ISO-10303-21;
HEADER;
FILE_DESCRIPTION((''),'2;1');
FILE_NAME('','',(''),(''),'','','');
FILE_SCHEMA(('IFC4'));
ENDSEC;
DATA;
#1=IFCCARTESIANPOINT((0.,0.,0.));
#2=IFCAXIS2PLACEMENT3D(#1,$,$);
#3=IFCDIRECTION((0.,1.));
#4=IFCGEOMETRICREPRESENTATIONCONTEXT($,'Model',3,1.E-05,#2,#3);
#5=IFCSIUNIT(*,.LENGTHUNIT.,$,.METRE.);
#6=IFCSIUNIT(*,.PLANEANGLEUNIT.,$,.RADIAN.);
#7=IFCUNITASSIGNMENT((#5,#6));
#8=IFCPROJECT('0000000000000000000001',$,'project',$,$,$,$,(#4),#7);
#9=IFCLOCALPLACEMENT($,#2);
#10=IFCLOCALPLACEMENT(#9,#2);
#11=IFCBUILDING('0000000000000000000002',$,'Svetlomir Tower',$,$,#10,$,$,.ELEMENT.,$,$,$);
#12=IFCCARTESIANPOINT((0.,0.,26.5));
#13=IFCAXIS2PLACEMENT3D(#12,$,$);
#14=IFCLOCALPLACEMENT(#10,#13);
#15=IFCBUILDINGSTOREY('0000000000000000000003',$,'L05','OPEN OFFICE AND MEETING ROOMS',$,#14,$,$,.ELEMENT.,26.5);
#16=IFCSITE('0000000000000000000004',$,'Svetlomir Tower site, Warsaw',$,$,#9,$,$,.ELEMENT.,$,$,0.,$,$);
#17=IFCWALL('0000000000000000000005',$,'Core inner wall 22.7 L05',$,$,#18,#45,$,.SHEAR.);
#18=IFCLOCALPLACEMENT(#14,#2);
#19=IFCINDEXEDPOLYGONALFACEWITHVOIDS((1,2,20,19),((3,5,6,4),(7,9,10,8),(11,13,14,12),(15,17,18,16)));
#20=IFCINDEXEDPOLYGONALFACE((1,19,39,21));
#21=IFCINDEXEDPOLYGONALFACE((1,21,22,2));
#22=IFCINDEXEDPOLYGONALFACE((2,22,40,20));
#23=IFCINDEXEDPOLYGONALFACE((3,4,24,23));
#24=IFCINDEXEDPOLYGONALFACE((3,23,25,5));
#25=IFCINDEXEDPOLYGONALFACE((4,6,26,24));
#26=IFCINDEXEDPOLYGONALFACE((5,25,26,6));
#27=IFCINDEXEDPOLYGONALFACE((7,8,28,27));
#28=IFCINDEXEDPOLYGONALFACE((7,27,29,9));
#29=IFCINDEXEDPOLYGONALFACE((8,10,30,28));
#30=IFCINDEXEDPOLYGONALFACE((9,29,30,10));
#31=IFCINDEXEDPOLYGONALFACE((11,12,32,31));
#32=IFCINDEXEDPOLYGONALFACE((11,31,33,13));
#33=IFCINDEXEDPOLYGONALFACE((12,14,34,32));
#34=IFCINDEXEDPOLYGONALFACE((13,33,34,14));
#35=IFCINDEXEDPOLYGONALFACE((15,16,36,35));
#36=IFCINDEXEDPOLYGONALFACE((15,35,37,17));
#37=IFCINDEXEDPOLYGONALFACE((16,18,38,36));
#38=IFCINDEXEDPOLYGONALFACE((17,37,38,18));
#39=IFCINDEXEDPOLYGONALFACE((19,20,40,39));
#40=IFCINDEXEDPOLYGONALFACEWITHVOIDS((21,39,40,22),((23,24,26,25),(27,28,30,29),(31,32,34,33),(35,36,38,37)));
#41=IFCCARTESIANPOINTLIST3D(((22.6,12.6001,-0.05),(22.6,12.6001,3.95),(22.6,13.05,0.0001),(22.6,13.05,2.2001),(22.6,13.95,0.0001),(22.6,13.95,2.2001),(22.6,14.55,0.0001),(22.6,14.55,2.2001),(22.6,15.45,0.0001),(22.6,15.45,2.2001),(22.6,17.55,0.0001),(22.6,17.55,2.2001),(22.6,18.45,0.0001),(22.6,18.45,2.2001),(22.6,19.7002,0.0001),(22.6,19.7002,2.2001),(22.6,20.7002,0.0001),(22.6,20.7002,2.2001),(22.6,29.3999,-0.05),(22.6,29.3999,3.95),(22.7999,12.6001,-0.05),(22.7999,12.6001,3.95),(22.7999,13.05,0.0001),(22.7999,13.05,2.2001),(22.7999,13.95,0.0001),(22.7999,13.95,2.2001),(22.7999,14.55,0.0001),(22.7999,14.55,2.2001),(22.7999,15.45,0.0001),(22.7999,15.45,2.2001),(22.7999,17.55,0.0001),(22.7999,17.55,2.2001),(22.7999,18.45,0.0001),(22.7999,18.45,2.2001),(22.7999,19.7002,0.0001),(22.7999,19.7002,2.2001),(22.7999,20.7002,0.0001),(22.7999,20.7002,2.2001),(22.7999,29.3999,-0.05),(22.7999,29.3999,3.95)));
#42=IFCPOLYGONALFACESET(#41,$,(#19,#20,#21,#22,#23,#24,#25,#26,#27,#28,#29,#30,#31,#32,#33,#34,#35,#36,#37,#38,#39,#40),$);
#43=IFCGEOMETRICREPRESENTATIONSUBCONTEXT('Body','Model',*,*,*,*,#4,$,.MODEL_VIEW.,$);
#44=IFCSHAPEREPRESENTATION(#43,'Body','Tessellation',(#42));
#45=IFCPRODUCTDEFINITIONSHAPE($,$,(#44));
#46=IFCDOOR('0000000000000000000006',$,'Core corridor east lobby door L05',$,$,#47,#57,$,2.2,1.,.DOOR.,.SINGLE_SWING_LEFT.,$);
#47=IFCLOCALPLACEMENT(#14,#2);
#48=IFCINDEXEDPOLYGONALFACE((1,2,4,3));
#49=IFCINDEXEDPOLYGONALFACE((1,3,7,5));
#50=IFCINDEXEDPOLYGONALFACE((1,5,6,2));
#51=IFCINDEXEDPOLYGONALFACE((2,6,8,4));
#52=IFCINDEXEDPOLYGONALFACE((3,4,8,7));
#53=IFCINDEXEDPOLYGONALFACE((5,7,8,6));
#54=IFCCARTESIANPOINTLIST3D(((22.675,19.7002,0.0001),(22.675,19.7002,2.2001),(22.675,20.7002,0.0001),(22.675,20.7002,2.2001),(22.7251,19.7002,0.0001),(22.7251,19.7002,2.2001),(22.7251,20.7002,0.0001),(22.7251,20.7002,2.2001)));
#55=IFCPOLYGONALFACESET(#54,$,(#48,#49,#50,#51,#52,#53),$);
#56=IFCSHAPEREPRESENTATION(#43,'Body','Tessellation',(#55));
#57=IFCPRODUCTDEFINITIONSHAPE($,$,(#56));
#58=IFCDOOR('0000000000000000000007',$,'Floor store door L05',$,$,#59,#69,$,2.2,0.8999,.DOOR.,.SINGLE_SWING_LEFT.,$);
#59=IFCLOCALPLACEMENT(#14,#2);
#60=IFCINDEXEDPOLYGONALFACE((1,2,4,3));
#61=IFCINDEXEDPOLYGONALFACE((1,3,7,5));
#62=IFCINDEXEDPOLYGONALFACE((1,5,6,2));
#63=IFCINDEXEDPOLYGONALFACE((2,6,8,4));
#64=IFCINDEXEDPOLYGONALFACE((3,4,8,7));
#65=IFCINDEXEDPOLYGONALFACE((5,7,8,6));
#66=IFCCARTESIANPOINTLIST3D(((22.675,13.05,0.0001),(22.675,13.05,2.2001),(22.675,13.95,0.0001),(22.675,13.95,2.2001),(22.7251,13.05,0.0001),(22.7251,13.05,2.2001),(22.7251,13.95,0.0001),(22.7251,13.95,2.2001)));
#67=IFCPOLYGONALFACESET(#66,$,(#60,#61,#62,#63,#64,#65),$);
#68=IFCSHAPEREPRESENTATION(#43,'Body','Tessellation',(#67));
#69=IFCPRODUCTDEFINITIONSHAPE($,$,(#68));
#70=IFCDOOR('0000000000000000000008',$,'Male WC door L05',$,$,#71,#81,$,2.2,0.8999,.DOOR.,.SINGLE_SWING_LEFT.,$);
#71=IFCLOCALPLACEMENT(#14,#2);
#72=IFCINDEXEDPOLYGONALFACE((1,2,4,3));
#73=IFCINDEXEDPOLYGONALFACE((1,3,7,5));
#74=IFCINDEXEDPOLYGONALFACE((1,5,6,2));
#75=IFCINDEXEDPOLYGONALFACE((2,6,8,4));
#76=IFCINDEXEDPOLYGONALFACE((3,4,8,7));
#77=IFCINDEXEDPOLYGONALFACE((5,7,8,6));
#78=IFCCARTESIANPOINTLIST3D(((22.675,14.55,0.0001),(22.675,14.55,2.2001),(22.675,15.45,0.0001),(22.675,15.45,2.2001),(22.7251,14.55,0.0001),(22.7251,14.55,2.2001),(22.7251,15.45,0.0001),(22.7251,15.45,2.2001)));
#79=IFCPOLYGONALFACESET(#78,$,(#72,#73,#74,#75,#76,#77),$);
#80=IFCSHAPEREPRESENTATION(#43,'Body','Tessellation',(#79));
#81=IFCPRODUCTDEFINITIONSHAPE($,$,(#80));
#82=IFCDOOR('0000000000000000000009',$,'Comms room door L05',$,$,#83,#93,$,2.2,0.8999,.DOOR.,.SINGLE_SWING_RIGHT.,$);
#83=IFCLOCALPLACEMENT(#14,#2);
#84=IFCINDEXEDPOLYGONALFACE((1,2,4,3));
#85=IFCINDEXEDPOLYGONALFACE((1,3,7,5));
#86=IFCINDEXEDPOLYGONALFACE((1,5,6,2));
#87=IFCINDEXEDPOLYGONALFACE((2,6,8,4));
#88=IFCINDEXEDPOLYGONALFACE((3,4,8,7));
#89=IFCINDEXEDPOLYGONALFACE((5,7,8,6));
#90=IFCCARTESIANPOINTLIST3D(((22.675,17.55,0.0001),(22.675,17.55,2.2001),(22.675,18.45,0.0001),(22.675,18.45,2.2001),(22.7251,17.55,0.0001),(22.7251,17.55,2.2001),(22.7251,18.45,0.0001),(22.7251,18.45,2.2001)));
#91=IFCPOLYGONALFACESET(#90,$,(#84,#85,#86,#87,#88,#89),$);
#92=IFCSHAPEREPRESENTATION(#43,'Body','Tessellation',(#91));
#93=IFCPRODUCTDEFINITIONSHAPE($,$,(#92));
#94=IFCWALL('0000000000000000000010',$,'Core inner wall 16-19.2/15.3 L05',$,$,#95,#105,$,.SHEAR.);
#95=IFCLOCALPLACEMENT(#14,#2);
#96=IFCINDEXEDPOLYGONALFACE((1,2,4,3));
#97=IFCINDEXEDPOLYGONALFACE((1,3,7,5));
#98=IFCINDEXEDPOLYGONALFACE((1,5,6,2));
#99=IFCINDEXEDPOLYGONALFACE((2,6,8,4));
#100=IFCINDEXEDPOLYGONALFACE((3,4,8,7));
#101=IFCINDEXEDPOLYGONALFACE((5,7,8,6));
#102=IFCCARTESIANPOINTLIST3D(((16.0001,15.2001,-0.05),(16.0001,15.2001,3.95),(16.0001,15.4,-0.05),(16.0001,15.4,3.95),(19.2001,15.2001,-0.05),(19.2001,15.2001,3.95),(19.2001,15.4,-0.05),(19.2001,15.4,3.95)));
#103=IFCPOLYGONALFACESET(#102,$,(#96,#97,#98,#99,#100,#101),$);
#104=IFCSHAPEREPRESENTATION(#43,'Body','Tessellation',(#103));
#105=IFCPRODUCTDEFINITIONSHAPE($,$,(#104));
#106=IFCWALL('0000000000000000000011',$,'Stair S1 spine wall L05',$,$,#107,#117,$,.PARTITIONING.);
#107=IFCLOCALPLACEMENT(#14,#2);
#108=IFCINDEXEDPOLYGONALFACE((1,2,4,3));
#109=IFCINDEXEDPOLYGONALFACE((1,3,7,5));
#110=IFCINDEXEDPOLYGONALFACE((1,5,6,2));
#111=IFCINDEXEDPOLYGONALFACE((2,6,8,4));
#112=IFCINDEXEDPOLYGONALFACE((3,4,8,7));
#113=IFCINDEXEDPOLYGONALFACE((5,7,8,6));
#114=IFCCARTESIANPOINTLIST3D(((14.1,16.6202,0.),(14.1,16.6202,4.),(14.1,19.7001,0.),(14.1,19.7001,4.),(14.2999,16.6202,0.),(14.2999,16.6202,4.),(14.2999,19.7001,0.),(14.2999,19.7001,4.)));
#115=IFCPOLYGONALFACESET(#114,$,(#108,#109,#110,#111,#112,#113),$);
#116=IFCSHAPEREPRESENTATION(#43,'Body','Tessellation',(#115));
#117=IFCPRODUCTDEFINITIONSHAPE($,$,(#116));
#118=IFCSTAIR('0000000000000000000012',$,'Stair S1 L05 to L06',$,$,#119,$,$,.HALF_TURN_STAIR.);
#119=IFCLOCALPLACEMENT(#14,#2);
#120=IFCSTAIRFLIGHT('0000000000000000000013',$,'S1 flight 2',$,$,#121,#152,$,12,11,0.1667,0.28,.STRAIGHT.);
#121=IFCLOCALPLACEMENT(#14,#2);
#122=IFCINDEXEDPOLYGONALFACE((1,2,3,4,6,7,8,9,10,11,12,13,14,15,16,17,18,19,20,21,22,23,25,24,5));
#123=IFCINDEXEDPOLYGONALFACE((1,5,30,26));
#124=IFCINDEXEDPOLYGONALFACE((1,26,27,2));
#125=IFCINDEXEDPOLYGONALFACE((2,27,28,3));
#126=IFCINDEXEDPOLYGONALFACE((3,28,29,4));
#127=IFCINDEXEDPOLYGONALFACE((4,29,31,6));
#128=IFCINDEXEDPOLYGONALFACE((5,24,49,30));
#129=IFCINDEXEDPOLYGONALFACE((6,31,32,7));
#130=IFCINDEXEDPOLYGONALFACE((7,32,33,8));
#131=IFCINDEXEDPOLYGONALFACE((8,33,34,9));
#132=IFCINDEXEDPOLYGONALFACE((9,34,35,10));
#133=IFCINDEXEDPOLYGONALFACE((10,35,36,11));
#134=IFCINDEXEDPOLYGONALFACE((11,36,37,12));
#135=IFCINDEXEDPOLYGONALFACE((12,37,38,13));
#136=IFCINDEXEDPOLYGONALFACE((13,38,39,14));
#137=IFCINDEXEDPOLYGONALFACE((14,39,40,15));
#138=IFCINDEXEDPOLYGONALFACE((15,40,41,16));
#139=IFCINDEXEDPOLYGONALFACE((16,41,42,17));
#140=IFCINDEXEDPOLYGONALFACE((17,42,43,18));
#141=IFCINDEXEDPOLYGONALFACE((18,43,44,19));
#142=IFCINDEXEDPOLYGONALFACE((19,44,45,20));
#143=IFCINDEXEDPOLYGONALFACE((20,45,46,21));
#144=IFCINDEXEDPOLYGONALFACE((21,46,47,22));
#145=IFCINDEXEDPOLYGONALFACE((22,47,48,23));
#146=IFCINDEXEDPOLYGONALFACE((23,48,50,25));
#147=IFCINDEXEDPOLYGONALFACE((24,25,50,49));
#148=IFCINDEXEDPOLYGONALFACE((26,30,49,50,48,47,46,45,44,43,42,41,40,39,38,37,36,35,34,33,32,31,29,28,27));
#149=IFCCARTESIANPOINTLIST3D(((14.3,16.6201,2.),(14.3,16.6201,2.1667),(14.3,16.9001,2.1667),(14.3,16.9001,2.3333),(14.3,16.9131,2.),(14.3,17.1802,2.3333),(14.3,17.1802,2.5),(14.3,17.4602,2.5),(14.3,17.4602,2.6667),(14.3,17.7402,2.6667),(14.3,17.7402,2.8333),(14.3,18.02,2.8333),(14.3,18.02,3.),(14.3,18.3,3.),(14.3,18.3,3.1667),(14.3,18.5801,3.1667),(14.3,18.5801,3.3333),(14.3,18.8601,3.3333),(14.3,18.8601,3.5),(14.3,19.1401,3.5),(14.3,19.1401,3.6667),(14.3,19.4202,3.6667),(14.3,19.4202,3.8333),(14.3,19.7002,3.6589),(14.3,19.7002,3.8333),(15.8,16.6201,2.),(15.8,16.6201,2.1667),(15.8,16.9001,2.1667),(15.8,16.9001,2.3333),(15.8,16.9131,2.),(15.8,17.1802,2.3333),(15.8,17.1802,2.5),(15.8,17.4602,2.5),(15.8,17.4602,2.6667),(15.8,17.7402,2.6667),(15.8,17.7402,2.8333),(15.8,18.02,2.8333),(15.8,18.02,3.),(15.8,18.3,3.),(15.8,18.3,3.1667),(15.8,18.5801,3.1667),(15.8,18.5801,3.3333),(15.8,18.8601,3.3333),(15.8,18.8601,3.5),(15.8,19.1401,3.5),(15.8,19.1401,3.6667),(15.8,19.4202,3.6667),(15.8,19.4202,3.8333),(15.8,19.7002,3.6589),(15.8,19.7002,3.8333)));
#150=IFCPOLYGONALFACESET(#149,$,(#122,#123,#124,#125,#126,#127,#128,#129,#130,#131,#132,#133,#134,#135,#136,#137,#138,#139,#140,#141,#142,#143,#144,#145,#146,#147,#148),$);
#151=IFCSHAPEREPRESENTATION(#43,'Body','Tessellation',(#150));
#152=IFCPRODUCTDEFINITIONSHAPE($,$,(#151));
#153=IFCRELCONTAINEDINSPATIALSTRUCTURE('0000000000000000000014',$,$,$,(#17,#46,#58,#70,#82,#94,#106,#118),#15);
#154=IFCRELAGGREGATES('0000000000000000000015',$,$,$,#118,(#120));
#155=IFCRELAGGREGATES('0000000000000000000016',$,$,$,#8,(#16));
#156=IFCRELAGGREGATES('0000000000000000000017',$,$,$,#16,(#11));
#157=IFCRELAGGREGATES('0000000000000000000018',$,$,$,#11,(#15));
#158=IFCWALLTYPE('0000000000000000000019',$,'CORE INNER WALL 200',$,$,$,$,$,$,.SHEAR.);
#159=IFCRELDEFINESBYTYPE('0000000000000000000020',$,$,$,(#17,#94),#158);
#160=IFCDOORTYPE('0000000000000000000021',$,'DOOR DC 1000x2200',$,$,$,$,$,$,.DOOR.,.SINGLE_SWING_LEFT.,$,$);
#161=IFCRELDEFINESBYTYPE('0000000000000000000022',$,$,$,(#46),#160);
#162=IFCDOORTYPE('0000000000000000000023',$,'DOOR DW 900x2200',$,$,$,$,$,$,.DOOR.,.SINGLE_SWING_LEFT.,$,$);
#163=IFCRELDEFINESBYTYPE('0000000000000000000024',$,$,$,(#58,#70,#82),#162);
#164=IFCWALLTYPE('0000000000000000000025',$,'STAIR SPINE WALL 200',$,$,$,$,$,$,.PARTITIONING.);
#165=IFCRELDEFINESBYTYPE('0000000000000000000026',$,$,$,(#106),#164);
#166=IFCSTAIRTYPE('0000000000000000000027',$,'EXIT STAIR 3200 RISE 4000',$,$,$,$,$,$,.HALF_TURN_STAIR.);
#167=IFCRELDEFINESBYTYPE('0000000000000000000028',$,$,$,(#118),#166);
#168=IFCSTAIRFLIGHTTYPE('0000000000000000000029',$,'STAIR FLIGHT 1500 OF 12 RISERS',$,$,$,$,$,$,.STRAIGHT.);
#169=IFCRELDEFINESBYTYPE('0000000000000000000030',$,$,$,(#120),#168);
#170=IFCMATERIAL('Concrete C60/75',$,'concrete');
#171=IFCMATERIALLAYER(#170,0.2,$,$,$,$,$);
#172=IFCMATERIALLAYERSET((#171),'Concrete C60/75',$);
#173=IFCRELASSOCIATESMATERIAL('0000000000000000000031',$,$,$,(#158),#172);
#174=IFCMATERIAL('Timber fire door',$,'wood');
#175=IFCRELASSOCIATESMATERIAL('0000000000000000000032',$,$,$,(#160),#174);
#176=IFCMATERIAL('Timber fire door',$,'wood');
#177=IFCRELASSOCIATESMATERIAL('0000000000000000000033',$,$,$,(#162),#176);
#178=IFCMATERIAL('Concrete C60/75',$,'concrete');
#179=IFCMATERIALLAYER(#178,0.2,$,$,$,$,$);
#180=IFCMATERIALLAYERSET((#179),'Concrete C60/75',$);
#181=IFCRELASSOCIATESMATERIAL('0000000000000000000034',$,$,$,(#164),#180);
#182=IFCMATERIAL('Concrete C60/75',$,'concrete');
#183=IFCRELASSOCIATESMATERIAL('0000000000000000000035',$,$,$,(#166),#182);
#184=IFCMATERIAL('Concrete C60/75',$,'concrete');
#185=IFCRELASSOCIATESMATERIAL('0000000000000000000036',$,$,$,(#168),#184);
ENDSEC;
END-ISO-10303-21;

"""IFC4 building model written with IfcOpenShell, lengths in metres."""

from ifc_helpers import new_model, si_unit, direction, frame, frame_2d, origin, place, context, subcontext, project, spatial, polyline, rectangle, outline, extrude, material, layer, layer_set, type_object, element, fill, aggregate, save


model = new_model("IFC4")

# Units and contexts
model_context = context("Model", 3, precision=1e-05, world=origin(), true_north=direction((0.0, 1.0)))
body_context = subcontext(model_context, "Body", "Model", "MODEL_VIEW")
ifc_project = project(units=[si_unit("LENGTHUNIT", "METRE"), si_unit("PLANEANGLEUNIT", "RADIAN")], contexts=[model_context])

# Site, building, storey
site_placement = place(None, origin())
site = spatial("IfcSite", under=ifc_project, at=site_placement, Name="Svetlomir Tower site, Warsaw", CompositionType="ELEMENT", RefElevation=0.0)
building_placement = place(site_placement, origin())
building = spatial("IfcBuilding", under=site, at=building_placement, Name="Svetlomir Tower", CompositionType="ELEMENT")
storey_placement = place(building_placement, frame((0.0, 0.0, 26.5)))
storey = spatial("IfcBuildingStorey", under=building, at=storey_placement, Name="L05", Description="OPEN OFFICE AND MEETING ROOMS", CompositionType="ELEMENT", Elevation=26.5)

# Shared definitions
ifc_material_1 = material(Name="Concrete C60/75", Category="concrete")
ifc_layer_1 = layer(ifc_material_1, 0.2)
ifc_layer_set_1 = layer_set([ifc_layer_1], Name="Concrete C60/75")
wall_type_1 = type_object("IfcWallType", Name="CORE INNER WALL 200", PredefinedType="SHEAR", material=ifc_layer_set_1)

# Wall, openings, doors
ifc_material_2 = material(Name="Timber fire door", Category="wood")
door_type_1 = type_object("IfcDoorType", Name="DOOR DC 1000x2200", OperationType="SINGLE_SWING_LEFT", PredefinedType="DOOR", material=ifc_material_2)
ifc_material_3 = material(Name="Timber fire door", Category="wood")
door_type_2 = type_object("IfcDoorType", Name="DOOR DW 900x2200", OperationType="SINGLE_SWING_LEFT", PredefinedType="DOOR", material=ifc_material_3)
wall_1_placement = place(storey_placement, frame((22.7, 12.6001, -0.05), z_axis=(0.0, 0.0, 1.0), x_axis=(0.0, 1.0, 0.0)))
wall_1 = element("IfcWall", 1, at=wall_1_placement, inside=storey, type_object=wall_type_1, Name="Core inner wall 22.7 L05", PredefinedType="SHEAR", context=body_context, shape_type="SweptSolid", body=[
    extrude(rectangle(XDim=16.7998, YDim=0.2, at=frame_2d((8.3999, 0.0))), origin(), (0.0, 0.0, 1.0), 4.0),
])
opening_1_placement = place(wall_1_placement, frame((0.45, 0.0, 0.05)))
opening_1 = element("IfcOpeningElement", 2, at=opening_1_placement, cuts=wall_1, PredefinedType="OPENING", context=body_context, shape_type="SweptSolid", body=[
    extrude(rectangle(XDim=0.8999, YDim=2.2, at=frame_2d((0.45, 1.1001))), frame((0.0, 0.1099, 0.0), z_axis=(0.0, -1.0, 0.0), x_axis=(1.0, 0.0, 0.0)), (0.0, 0.0, 1.0), 0.22),
])
opening_2_placement = place(wall_1_placement, frame((7.1001, 0.0, 0.05)))
opening_2 = element("IfcOpeningElement", 3, at=opening_2_placement, cuts=wall_1, PredefinedType="OPENING", context=body_context, shape_type="SweptSolid", body=[
    extrude(rectangle(XDim=1.0, YDim=2.2, at=frame_2d((0.5, 1.1001))), frame((0.0, 0.1099, 0.0), z_axis=(0.0, -1.0, 0.0), x_axis=(1.0, 0.0, 0.0)), (0.0, 0.0, 1.0), 0.22),
])
opening_3_placement = place(wall_1_placement, frame((1.95, 0.0, 0.05)))
opening_3 = element("IfcOpeningElement", 4, at=opening_3_placement, cuts=wall_1, PredefinedType="OPENING", context=body_context, shape_type="SweptSolid", body=[
    extrude(rectangle(XDim=0.8999, YDim=2.2, at=frame_2d((0.45, 1.1001))), frame((0.0, 0.1099, 0.0), z_axis=(0.0, -1.0, 0.0), x_axis=(1.0, 0.0, 0.0)), (0.0, 0.0, 1.0), 0.22),
])
opening_4_placement = place(wall_1_placement, frame((4.95, 0.0, 0.05)))
opening_4 = element("IfcOpeningElement", 5, at=opening_4_placement, cuts=wall_1, PredefinedType="OPENING", context=body_context, shape_type="SweptSolid", body=[
    extrude(rectangle(XDim=0.8999, YDim=2.2, at=frame_2d((0.45, 1.1001))), frame((0.0, 0.1099, 0.0), z_axis=(0.0, -1.0, 0.0), x_axis=(1.0, 0.0, 0.0)), (0.0, 0.0, 1.0), 0.22),
])
door_1_placement = place(opening_2_placement, origin())
door_1 = element("IfcDoor", 6, at=door_1_placement, inside=storey, type_object=door_type_1, Name="Core corridor east lobby door L05", OperationType="SINGLE_SWING_LEFT", OverallHeight=2.2, OverallWidth=1.0, PredefinedType="DOOR", context=body_context, shape_type="SweptSolid", body=[
    extrude(rectangle(XDim=1.0, YDim=2.2, at=frame_2d((0.5, 1.1001))), frame((0.0, 0.0249, 0.0), z_axis=(0.0, -1.0, 0.0), x_axis=(1.0, 0.0, 0.0)), (0.0, 0.0, 1.0), 0.05),
])
fill(opening_2, door_1)
door_2_placement = place(opening_1_placement, origin())
door_2 = element("IfcDoor", 7, at=door_2_placement, inside=storey, type_object=door_type_2, Name="Floor store door L05", OperationType="SINGLE_SWING_LEFT", OverallHeight=2.2, OverallWidth=0.8999, PredefinedType="DOOR", context=body_context, shape_type="SweptSolid", body=[
    extrude(rectangle(XDim=0.8999, YDim=2.2, at=frame_2d((0.45, 1.1001))), frame((0.0, 0.0249, 0.0), z_axis=(0.0, -1.0, 0.0), x_axis=(1.0, 0.0, 0.0)), (0.0, 0.0, 1.0), 0.05),
])
fill(opening_1, door_2)
door_3_placement = place(opening_3_placement, origin())
door_3 = element("IfcDoor", 8, at=door_3_placement, inside=storey, type_object=door_type_2, Name="Male WC door L05", OperationType="SINGLE_SWING_LEFT", OverallHeight=2.2, OverallWidth=0.8999, PredefinedType="DOOR", context=body_context, shape_type="SweptSolid", body=[
    extrude(rectangle(XDim=0.8999, YDim=2.2, at=frame_2d((0.45, 1.1001))), frame((0.0, 0.0249, 0.0), z_axis=(0.0, -1.0, 0.0), x_axis=(1.0, 0.0, 0.0)), (0.0, 0.0, 1.0), 0.05),
])
fill(opening_3, door_3)
door_4_placement = place(opening_4_placement, origin())
door_4 = element("IfcDoor", 9, at=door_4_placement, inside=storey, type_object=door_type_2, Name="Comms room door L05", OperationType="SINGLE_SWING_RIGHT", OverallHeight=2.2, OverallWidth=0.8999, PredefinedType="DOOR", context=body_context, shape_type="SweptSolid", body=[
    extrude(rectangle(XDim=0.8999, YDim=2.2, at=frame_2d((0.45, 1.1001))), frame((0.0, 0.0249, 0.0), z_axis=(0.0, -1.0, 0.0), x_axis=(1.0, 0.0, 0.0)), (0.0, 0.0, 1.0), 0.05),
])
fill(opening_4, door_4)

# Walls
wall_2_placement = place(storey_placement, frame((16.0, 15.3, -0.05), z_axis=(0.0, 0.0, 1.0), x_axis=(1.0, 0.0, 0.0)))
element("IfcWall", 10, at=wall_2_placement, inside=storey, type_object=wall_type_1, Name="Core inner wall 16-19.2/15.3 L05", PredefinedType="SHEAR", context=body_context, shape_type="SweptSolid", body=[
    extrude(rectangle(XDim=3.2, YDim=0.2, at=frame_2d((1.6001, 0.0))), origin(), (0.0, 0.0, 1.0), 4.0),
])
ifc_material_4 = material(Name="Concrete C60/75", Category="concrete")
ifc_layer_2 = layer(ifc_material_4, 0.2)
ifc_layer_set_2 = layer_set([ifc_layer_2], Name="Concrete C60/75")
wall_type_2 = type_object("IfcWallType", Name="STAIR SPINE WALL 200", PredefinedType="PARTITIONING", material=ifc_layer_set_2)
wall_3_placement = place(storey_placement, frame((14.2, 16.6201, 0.0), z_axis=(0.0, 0.0, 1.0), x_axis=(0.0, 1.0, 0.0)))
element("IfcWall", 11, at=wall_3_placement, inside=storey, type_object=wall_type_2, Name="Stair S1 spine wall L05", PredefinedType="PARTITIONING", context=body_context, shape_type="SweptSolid", body=[
    extrude(rectangle(XDim=3.0798, YDim=0.2, at=frame_2d((1.54, 0.0))), origin(), (0.0, 0.0, 1.0), 4.0),
])

# Stair, stair flight
ifc_material_5 = material(Name="Concrete C60/75", Category="concrete")
stair_type = type_object("IfcStairType", Name="EXIT STAIR 3200 RISE 4000", PredefinedType="HALF_TURN_STAIR", material=ifc_material_5)
stair_placement = place(storey_placement, origin())
stair = element("IfcStair", 12, at=stair_placement, inside=storey, type_object=stair_type, Name="Stair S1 L05 to L06", PredefinedType="HALF_TURN_STAIR")
ifc_material_6 = material(Name="Concrete C60/75", Category="concrete")
stair_flight_type = type_object("IfcStairFlightType", Name="STAIR FLIGHT 1500 OF 12 RISERS", PredefinedType="STRAIGHT", material=ifc_material_6)
stair_flight_placement = place(storey_placement, frame((15.05, 16.6201, 2.0), z_axis=(0.0, 0.0, 1.0), x_axis=(0.0, 1.0, 0.0)))
stair_flight = element("IfcStairFlight", 13, at=stair_flight_placement, type_object=stair_flight_type, Name="S1 flight 2", NumberOfRisers=12, NumberOfTreads=11, PredefinedType="STRAIGHT", RiserHeight=0.1667, TreadLength=0.28, context=body_context, shape_type="SweptSolid", body=[
    extrude(outline(polyline([(0.0, 0.0), (0.0, 0.1667), (0.28, 0.1667), (0.28, 0.3333), (0.5601, 0.3333), (0.5601, 0.5), (0.8401, 0.5), (0.8401, 0.6667), (1.1201, 0.6667), (1.1201, 0.8333), (1.3999, 0.8333), (1.3999, 1.0), (1.6799, 1.0), (1.6799, 1.1667), (1.96, 1.1667), (1.96, 1.3333), (2.24, 1.3333), (2.24, 1.5), (2.52, 1.5), (2.52, 1.6667), (2.8, 1.6667), (2.8, 1.8333), (3.0801, 1.8333), (3.0801, 2.0), (3.0801, 1.6589), (0.293, 0.0), (0.0, 0.0)])), frame((0.0, 0.75, 0.0), z_axis=(0.0, -1.0, 0.0), x_axis=(1.0, 0.0, 0.0)), (0.0, 0.0, 1.0), 1.5),
])
aggregate(stair, [stair_flight])

save(model, "model.ifc")
